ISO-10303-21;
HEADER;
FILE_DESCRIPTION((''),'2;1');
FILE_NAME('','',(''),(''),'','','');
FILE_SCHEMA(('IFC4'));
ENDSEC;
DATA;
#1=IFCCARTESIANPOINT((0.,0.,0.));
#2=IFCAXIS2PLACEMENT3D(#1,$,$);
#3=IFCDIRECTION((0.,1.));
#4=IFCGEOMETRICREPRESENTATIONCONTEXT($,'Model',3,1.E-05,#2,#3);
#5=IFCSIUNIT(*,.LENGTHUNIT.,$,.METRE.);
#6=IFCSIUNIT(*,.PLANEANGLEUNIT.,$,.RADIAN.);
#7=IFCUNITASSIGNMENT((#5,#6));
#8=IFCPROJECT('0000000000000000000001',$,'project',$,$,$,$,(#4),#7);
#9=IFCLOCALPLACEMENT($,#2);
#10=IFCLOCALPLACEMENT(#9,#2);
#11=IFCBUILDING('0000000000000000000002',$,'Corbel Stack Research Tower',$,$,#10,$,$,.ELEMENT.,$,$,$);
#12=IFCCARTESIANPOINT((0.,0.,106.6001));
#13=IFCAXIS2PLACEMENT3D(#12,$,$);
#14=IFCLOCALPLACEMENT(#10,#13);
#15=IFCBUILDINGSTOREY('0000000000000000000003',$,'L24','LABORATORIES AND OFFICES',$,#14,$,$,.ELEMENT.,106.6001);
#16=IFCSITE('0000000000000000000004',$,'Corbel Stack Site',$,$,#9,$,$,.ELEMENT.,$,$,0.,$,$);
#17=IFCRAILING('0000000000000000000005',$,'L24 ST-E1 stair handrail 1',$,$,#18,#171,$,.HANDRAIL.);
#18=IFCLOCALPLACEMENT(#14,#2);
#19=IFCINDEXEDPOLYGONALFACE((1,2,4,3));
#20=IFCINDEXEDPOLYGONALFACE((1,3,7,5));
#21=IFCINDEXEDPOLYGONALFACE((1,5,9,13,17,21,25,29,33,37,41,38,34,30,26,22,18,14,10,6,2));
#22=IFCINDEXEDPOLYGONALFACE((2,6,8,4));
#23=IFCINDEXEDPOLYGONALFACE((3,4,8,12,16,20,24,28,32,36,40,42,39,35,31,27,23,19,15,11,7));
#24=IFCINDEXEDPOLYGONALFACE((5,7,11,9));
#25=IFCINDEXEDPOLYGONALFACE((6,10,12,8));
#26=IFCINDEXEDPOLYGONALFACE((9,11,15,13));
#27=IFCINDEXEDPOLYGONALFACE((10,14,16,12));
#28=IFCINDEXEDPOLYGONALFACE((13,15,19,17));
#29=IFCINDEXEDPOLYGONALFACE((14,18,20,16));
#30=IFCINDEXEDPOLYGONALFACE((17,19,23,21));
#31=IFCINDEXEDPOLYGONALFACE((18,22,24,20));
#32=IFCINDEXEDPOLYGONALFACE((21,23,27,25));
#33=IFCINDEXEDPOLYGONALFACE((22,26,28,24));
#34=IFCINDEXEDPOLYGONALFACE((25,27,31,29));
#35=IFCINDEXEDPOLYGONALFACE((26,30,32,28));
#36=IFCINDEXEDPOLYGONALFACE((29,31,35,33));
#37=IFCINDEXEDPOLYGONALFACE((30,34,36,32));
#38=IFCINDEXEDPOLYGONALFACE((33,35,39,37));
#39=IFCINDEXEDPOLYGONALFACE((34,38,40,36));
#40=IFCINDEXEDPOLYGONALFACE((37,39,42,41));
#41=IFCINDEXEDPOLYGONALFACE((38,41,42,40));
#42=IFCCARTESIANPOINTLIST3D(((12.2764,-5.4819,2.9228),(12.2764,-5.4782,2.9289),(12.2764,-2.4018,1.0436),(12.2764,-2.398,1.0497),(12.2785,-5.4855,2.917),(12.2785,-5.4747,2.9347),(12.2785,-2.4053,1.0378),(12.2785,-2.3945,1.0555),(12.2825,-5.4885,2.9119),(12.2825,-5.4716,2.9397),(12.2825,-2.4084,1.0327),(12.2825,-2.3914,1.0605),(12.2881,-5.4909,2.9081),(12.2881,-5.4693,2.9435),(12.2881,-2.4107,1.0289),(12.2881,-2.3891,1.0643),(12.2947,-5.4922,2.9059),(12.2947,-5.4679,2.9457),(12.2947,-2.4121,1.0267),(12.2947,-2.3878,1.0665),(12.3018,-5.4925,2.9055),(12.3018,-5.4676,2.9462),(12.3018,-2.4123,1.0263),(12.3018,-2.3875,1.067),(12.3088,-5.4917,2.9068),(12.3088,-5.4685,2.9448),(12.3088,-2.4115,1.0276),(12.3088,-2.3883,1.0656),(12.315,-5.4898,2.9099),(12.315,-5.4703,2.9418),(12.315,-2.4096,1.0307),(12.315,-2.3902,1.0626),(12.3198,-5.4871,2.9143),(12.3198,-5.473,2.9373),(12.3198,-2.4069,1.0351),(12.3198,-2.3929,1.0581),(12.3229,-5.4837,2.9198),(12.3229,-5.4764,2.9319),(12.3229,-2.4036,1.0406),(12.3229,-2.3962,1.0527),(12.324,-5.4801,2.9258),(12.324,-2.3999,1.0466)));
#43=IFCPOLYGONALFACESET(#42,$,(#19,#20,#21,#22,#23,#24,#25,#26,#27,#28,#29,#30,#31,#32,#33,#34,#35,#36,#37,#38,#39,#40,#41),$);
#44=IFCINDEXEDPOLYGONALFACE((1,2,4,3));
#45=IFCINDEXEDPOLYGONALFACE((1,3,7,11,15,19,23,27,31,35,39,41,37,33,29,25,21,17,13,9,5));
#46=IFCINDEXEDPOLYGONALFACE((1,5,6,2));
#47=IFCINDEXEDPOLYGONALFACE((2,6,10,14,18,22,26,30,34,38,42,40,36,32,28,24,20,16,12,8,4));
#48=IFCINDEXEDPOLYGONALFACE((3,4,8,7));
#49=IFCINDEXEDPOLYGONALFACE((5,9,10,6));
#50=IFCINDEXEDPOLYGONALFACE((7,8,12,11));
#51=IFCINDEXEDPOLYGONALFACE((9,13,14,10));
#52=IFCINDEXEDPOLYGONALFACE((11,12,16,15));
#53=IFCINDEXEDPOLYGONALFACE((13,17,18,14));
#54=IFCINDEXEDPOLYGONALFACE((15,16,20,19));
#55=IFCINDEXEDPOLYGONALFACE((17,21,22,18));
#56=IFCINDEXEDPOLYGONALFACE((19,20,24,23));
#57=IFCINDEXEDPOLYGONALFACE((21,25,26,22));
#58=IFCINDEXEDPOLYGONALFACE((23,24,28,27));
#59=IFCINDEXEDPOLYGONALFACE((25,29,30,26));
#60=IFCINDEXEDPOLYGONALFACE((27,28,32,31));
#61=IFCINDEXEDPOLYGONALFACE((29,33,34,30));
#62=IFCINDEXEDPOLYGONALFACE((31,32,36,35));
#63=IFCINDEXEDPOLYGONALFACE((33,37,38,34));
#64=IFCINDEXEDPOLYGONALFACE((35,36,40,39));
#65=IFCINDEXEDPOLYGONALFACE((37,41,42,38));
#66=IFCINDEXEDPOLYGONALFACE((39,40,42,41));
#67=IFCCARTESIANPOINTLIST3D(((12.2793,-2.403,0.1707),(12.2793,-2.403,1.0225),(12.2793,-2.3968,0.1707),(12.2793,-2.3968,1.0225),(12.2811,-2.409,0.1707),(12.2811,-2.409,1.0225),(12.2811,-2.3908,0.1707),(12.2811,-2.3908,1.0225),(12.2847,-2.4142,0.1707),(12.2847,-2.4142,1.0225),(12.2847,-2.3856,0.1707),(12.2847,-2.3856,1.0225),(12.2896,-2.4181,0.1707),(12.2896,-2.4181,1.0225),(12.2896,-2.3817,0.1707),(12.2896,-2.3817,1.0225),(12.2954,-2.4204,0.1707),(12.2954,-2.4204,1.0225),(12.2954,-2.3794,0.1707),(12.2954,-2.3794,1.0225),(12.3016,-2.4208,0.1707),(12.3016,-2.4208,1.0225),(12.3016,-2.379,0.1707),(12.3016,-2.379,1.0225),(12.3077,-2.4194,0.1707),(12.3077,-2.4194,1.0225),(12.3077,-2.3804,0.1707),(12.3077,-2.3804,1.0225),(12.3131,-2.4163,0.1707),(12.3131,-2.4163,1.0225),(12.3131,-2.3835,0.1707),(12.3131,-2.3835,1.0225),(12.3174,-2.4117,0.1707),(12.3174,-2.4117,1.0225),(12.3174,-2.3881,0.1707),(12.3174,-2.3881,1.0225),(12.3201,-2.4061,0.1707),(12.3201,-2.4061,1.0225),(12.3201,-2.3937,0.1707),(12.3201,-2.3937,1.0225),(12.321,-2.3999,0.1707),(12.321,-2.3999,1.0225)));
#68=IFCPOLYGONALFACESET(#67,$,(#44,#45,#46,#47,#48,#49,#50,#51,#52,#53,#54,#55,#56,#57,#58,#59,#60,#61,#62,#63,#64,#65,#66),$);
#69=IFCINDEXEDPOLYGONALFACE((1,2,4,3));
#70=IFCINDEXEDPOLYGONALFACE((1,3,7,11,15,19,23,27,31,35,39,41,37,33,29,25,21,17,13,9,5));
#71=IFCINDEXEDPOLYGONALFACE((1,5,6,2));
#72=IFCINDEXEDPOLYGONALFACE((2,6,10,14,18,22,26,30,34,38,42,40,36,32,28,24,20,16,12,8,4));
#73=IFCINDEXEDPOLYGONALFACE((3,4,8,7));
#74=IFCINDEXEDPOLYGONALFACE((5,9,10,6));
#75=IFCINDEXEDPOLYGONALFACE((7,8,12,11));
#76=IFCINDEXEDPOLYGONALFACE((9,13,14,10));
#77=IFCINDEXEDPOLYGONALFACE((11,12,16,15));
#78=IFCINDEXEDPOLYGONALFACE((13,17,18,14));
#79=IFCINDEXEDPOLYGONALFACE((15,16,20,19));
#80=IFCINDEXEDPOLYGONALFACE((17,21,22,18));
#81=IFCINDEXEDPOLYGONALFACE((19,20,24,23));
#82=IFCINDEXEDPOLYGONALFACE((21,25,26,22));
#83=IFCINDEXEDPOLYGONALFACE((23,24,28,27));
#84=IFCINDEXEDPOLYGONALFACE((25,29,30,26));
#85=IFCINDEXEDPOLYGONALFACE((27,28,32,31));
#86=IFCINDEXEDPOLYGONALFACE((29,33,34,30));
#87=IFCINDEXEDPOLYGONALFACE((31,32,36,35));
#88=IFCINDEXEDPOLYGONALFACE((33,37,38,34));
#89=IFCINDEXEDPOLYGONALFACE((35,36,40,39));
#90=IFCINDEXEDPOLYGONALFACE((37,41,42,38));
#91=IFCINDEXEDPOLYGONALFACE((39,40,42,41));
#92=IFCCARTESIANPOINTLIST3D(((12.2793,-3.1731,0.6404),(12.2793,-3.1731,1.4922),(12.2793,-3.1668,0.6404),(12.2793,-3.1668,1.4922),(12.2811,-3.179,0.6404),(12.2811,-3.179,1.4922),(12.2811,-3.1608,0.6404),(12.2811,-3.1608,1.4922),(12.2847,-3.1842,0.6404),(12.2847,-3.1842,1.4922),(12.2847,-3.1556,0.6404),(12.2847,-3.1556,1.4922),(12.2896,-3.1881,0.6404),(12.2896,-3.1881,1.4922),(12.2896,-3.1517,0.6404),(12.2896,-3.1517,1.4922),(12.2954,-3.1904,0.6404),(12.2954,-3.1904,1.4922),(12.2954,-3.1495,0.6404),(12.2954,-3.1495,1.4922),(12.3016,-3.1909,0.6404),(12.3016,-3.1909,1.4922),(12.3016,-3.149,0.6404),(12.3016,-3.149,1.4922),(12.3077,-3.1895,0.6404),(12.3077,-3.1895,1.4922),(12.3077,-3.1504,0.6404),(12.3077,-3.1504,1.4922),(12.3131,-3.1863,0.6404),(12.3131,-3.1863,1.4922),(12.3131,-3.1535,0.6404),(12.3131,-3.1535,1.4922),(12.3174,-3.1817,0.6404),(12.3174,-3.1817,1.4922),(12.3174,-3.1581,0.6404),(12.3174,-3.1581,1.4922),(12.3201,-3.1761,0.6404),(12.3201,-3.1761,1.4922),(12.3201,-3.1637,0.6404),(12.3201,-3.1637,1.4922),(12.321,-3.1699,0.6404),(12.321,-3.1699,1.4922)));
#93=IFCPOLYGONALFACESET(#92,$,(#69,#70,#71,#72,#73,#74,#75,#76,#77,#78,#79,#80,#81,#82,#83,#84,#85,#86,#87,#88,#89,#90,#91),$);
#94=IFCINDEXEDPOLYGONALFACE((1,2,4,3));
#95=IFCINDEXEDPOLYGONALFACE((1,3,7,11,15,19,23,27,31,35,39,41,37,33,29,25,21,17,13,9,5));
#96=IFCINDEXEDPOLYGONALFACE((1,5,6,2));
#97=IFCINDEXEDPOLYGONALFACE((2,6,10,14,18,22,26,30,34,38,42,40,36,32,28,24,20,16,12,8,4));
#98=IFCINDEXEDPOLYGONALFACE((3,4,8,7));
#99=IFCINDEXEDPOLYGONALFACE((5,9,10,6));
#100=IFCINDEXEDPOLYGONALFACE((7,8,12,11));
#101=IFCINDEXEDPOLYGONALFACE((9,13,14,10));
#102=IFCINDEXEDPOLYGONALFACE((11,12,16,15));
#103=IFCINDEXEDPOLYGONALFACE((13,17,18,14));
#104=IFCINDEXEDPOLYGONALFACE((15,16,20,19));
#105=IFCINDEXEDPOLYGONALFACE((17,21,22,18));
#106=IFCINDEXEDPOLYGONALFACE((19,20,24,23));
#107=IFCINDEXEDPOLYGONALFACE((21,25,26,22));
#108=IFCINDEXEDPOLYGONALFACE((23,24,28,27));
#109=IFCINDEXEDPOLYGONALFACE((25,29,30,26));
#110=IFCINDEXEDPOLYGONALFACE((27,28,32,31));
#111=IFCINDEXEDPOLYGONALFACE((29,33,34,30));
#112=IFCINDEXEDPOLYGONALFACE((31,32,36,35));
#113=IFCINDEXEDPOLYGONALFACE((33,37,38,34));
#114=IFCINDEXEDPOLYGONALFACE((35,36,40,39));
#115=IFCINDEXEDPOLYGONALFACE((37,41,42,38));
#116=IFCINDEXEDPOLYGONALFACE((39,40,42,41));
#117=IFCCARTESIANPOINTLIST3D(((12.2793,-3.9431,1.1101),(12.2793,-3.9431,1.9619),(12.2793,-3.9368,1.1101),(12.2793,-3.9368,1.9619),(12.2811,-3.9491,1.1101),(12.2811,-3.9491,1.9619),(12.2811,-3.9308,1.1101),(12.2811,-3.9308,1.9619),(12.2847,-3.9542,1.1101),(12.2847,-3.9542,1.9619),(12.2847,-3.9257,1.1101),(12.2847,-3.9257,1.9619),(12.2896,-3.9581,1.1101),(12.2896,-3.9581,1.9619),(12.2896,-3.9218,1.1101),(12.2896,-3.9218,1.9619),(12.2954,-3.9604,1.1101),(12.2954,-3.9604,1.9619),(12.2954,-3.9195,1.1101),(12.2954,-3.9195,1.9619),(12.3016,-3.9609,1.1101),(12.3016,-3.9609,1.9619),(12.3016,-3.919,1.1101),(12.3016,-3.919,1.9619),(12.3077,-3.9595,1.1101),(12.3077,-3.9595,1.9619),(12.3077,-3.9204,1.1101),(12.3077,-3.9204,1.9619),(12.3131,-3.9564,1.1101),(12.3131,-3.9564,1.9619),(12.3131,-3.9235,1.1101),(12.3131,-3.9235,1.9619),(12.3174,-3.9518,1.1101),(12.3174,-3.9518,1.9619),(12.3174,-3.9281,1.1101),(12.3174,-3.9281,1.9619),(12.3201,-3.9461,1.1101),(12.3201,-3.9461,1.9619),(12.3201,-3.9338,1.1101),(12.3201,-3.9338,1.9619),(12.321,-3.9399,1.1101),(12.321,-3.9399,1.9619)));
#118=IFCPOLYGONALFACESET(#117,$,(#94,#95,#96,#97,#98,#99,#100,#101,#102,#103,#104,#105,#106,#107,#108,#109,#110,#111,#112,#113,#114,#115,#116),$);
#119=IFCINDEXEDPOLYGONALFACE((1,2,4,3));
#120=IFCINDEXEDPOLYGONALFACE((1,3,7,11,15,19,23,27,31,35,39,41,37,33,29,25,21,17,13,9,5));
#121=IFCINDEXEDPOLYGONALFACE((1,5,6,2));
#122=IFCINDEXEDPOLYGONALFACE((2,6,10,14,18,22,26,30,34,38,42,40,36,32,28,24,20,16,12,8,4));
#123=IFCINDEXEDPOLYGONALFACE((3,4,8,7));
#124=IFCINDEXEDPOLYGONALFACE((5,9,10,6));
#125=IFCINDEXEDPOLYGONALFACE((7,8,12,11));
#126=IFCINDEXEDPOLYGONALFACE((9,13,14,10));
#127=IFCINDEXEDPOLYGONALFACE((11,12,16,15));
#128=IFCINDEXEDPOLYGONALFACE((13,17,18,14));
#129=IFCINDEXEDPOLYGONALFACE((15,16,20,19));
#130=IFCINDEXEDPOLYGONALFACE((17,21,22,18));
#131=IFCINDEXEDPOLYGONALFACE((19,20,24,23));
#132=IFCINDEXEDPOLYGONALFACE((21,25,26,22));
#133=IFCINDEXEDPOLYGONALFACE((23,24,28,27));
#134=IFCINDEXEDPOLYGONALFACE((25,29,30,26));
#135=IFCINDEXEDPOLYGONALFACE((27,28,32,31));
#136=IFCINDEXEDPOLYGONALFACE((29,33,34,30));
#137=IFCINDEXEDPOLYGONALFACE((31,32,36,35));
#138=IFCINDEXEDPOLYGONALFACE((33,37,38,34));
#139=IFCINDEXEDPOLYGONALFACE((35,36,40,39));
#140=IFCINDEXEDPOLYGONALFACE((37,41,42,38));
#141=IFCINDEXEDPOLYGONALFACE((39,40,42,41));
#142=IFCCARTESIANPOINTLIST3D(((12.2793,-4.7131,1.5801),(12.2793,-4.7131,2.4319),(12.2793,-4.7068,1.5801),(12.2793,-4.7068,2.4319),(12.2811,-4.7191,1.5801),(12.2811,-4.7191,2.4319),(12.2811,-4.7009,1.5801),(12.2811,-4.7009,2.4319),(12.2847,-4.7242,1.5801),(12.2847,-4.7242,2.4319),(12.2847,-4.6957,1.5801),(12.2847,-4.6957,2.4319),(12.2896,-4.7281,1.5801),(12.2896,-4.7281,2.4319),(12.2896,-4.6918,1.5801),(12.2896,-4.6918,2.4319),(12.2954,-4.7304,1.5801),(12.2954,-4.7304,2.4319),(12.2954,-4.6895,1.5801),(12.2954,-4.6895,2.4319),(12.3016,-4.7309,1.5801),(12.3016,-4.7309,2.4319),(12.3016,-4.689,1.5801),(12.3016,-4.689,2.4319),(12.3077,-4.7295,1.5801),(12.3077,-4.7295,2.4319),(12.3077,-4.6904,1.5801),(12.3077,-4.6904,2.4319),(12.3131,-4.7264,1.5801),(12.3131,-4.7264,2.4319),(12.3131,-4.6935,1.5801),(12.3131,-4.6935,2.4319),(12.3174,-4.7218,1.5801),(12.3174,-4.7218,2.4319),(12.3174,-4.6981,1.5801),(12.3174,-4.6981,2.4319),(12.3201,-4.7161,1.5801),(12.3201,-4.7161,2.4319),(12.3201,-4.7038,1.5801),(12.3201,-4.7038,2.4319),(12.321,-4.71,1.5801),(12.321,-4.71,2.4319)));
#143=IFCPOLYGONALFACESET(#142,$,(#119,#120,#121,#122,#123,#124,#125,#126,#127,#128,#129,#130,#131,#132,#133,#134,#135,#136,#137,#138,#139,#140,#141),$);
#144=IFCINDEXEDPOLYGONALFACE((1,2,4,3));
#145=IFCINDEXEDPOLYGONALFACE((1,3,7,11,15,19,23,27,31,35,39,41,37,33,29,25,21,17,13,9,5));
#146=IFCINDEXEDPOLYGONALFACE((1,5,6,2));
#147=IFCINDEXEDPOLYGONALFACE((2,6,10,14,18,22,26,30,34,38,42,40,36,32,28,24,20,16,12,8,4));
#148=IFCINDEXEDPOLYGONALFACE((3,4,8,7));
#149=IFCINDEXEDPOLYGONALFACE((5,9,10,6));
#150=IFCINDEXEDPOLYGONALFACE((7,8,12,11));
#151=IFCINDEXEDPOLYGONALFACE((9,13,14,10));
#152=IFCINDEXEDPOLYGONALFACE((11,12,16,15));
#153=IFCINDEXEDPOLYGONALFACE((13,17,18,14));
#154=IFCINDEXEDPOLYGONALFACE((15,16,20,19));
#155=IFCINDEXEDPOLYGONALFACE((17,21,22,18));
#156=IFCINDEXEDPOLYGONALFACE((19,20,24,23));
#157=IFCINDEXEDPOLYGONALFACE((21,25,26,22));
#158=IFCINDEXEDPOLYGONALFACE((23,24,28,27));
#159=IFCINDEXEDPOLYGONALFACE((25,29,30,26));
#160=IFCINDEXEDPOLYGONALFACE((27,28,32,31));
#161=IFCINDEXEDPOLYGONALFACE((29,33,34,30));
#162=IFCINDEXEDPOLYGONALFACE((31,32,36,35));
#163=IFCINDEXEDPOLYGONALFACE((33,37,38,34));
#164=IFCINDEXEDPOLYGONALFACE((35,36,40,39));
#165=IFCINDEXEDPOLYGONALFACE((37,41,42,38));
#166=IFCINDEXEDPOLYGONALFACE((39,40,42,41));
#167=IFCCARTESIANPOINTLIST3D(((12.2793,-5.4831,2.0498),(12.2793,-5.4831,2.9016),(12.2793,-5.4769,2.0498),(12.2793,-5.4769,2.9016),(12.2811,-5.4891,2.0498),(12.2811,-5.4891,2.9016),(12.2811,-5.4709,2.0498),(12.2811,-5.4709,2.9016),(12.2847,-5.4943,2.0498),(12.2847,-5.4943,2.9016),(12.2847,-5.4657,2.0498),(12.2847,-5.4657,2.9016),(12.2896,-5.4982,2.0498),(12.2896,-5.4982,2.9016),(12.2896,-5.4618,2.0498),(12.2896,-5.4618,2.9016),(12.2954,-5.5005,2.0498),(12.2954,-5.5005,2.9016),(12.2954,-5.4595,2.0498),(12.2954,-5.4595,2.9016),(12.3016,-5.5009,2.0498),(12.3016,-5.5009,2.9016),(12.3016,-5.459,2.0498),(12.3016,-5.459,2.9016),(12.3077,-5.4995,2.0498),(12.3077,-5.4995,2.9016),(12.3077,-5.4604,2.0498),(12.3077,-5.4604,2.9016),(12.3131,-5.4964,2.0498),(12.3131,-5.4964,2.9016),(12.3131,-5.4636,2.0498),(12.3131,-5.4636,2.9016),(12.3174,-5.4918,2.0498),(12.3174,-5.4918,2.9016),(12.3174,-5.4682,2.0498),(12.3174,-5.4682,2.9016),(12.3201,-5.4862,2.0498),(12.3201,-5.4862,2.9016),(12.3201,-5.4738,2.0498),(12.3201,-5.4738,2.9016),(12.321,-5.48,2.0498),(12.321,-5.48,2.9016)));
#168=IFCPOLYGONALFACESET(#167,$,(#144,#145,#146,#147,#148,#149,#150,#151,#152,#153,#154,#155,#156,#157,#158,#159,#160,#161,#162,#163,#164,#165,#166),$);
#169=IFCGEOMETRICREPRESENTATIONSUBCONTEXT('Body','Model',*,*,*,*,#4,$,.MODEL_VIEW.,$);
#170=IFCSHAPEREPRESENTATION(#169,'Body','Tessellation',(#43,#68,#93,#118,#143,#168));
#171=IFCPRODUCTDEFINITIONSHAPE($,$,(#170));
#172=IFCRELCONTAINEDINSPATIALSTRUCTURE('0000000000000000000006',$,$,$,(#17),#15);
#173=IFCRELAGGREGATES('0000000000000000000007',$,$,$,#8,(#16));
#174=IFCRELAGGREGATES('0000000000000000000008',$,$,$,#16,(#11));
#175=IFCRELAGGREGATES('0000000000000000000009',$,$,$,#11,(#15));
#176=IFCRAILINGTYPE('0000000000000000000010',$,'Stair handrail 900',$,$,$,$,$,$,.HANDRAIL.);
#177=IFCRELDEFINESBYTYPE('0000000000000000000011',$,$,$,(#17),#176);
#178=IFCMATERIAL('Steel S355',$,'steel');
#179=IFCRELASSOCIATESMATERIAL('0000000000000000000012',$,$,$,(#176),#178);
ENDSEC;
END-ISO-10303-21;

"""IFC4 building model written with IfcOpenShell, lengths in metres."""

from ifc_helpers import new_model, si_unit, direction, frame, origin, origin_2d, place, context, subcontext, project, spatial, circle, extrude, material, type_object, element, save


model = new_model("IFC4")

# Units and contexts
model_context = context("Model", 3, precision=1e-05, world=origin(), true_north=direction((0.0, 1.0)))
body_context = subcontext(model_context, "Body", "Model", "MODEL_VIEW")
ifc_project = project(units=[si_unit("LENGTHUNIT", "METRE"), si_unit("PLANEANGLEUNIT", "RADIAN")], contexts=[model_context])

# Site, building, storey
site_placement = place(None, origin())
site = spatial("IfcSite", under=ifc_project, at=site_placement, Name="Corbel Stack Site", CompositionType="ELEMENT", RefElevation=0.0)
building_placement = place(site_placement, origin())
building = spatial("IfcBuilding", under=site, at=building_placement, Name="Corbel Stack Research Tower", CompositionType="ELEMENT")
storey_placement = place(building_placement, frame((0.0, 0.0, 106.6001)))
storey = spatial("IfcBuildingStorey", under=building, at=storey_placement, Name="L24", Description="LABORATORIES AND OFFICES", CompositionType="ELEMENT", Elevation=106.6001)

# Railing
ifc_material_1 = material(Name="Steel S355", Category="steel")
railing_type_1 = type_object("IfcRailingType", Name="Stair handrail 900", PredefinedType="HANDRAIL", material=ifc_material_1)
railing_1_placement = place(storey_placement, frame((12.3, -2.3999, 0.1707)))
element("IfcRailing", 1, at=railing_1_placement, inside=storey, type_object=railing_type_1, Name="L24 ST-E1 stair handrail 1", PredefinedType="HANDRAIL", context=body_context, shape_type="SweptSolid", body=[
    extrude(circle(Radius=0.0239, at=origin_2d()), frame((0.0, 0.0, 0.876), z_axis=(0.0, -0.853666, 0.52082), x_axis=(1.0, 0.0, 0.0)), (0.0, 0.0, 1.0), 3.6082),
    extrude(circle(Radius=0.021, at=origin_2d()), origin(), (0.0, 0.0, 1.0), 0.8518),
    extrude(circle(Radius=0.021, at=origin_2d()), frame((0.0, -0.77, 0.4697)), (0.0, 0.0, 1.0), 0.8518),
    extrude(circle(Radius=0.021, at=origin_2d()), frame((0.0, -1.54, 0.9395)), (0.0, 0.0, 1.0), 0.8518),
    extrude(circle(Radius=0.021, at=origin_2d()), frame((0.0, -2.3101, 1.4094)), (0.0, 0.0, 1.0), 0.8518),
    extrude(circle(Radius=0.021, at=origin_2d()), frame((0.0, -3.0801, 1.8792)), (0.0, 0.0, 1.0), 0.8518),
])

save(model, "model.ifc")
